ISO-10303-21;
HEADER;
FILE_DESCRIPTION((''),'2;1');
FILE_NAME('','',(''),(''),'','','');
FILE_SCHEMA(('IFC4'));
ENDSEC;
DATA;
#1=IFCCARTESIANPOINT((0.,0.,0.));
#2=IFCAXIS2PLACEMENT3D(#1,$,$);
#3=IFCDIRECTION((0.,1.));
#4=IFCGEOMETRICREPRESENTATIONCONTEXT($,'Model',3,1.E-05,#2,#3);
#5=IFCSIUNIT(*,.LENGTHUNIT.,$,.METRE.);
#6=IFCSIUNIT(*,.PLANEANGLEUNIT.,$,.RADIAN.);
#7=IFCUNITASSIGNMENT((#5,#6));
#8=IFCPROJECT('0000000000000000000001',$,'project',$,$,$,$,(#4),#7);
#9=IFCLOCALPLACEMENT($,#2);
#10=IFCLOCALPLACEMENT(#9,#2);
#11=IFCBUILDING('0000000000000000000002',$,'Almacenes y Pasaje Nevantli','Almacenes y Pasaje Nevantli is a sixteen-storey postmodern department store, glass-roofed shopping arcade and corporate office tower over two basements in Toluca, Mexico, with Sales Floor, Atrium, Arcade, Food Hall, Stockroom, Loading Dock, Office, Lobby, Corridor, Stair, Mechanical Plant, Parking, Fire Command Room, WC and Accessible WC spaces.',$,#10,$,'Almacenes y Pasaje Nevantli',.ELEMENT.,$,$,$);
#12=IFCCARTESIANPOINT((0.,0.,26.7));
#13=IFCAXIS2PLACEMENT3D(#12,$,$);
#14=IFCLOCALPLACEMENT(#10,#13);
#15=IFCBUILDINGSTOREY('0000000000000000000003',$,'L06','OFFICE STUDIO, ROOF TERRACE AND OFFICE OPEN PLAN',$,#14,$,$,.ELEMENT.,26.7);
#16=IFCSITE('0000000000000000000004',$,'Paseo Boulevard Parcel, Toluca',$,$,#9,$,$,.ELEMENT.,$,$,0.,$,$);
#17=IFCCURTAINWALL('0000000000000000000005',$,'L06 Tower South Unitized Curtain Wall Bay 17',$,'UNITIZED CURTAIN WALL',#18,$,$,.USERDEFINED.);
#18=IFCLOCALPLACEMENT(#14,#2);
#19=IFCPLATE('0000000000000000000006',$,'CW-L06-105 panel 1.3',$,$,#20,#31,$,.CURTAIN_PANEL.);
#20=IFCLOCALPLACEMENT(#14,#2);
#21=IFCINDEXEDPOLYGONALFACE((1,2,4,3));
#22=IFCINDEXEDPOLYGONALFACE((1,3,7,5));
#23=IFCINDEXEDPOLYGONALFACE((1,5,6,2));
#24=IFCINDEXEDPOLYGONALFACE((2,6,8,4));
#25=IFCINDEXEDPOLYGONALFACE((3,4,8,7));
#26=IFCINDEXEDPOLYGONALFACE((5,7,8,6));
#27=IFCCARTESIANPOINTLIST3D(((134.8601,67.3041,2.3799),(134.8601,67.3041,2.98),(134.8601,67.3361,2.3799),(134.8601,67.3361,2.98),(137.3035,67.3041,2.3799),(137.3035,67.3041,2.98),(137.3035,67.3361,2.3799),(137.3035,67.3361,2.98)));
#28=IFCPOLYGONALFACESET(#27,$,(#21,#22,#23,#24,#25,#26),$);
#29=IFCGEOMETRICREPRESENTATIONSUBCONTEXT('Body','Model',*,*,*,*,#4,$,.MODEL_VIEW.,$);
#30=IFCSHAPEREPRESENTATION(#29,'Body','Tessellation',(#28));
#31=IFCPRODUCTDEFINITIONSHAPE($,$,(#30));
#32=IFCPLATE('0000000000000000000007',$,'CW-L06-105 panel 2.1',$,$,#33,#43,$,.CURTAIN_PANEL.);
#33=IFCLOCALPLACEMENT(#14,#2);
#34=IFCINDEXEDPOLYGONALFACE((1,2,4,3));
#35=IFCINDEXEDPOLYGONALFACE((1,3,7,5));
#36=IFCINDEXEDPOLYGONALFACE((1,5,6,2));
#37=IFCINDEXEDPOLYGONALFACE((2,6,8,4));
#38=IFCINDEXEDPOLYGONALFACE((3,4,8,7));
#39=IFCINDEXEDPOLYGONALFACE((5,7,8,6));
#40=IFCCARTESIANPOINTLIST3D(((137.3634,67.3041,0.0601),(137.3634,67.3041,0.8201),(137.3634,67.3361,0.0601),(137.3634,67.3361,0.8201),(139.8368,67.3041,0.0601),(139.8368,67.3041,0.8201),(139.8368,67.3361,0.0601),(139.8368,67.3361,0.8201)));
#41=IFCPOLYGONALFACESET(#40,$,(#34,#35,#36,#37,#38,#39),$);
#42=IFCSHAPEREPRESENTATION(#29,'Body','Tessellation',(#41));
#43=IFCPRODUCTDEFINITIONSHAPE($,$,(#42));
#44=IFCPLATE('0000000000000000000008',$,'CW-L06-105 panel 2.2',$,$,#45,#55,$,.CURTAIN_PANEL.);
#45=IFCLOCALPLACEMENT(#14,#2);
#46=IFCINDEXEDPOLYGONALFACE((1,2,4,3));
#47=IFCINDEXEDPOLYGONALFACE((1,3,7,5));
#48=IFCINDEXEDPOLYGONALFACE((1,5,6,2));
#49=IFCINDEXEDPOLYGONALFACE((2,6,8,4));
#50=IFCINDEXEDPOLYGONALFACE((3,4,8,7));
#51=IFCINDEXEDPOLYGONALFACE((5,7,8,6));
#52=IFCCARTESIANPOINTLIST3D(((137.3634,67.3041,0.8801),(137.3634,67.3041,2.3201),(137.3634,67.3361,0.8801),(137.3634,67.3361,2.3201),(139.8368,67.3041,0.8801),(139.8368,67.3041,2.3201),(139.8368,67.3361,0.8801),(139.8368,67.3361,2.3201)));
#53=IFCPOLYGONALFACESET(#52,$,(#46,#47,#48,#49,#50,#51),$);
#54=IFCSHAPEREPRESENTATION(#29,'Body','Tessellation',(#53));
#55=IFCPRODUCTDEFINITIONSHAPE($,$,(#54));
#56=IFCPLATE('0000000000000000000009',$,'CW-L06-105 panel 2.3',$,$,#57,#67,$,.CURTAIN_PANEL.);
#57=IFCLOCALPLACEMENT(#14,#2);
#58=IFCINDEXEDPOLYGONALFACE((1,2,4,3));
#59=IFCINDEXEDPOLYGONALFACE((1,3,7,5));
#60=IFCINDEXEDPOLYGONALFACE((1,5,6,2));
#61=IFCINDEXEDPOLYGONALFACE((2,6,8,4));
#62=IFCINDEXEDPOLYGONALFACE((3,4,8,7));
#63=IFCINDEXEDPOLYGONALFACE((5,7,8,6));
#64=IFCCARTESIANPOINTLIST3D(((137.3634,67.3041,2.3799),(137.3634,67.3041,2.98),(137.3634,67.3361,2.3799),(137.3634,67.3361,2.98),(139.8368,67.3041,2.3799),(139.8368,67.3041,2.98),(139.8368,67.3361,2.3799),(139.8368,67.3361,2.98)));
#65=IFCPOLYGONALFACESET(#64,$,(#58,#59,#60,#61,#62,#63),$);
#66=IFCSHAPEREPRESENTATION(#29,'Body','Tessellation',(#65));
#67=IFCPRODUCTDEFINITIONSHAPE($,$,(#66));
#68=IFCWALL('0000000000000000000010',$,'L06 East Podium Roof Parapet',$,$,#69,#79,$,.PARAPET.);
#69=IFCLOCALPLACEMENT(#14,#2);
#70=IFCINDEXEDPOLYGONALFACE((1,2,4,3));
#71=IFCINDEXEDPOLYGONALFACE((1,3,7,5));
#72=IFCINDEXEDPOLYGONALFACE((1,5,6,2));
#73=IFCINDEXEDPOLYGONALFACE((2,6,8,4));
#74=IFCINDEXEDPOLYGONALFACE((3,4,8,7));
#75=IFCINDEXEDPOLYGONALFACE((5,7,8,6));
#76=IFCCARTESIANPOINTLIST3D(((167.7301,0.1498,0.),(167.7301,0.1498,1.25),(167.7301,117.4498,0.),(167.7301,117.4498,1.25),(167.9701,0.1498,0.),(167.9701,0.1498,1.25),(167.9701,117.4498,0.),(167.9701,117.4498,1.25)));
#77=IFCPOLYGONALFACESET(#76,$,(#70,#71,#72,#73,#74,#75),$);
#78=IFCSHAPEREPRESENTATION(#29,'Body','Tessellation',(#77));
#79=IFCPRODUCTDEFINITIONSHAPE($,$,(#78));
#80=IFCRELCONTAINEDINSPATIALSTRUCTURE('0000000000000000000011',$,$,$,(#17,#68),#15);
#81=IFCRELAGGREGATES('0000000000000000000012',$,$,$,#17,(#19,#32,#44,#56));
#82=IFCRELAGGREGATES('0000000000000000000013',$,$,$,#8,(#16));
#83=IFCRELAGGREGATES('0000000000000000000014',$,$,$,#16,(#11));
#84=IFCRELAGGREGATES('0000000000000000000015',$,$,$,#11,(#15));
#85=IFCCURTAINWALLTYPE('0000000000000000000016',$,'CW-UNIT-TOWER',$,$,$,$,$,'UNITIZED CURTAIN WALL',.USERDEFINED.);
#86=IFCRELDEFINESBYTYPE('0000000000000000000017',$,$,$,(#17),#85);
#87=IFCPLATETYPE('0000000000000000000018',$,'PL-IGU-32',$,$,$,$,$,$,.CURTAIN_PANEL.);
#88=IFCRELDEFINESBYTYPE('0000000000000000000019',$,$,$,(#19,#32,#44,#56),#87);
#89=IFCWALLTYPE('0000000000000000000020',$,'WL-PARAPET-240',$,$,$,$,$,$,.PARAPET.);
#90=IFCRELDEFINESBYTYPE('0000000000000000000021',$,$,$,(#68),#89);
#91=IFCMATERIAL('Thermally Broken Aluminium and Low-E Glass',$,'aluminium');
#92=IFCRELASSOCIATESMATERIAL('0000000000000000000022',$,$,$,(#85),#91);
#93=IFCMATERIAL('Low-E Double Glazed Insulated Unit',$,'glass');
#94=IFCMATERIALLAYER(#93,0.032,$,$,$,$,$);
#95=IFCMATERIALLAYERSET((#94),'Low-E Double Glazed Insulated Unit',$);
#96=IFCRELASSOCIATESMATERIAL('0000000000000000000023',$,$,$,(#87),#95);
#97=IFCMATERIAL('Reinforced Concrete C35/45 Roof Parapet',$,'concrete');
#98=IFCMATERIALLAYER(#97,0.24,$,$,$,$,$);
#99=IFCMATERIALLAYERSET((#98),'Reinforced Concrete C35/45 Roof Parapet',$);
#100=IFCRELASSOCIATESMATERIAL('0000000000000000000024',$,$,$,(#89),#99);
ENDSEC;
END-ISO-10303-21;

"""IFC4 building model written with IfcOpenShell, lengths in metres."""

from ifc_helpers import new_model, si_unit, direction, frame, frame_2d, origin, origin_2d, place, context, subcontext, project, spatial, rectangle, extrude, material, layer, layer_set, type_object, element, aggregate, save


model = new_model("IFC4")

# Units and contexts
model_context = context("Model", 3, precision=1e-05, world=origin(), true_north=direction((0.0, 1.0)))
body_context = subcontext(model_context, "Body", "Model", "MODEL_VIEW")
ifc_project = project(units=[si_unit("LENGTHUNIT", "METRE"), si_unit("PLANEANGLEUNIT", "RADIAN")], contexts=[model_context])

# Site, building, storey
site_placement = place(None, origin())
site = spatial("IfcSite", under=ifc_project, at=site_placement, Name="Paseo Boulevard Parcel, Toluca", CompositionType="ELEMENT", RefElevation=0.0)
building_placement = place(site_placement, origin())
building = spatial("IfcBuilding", under=site, at=building_placement, Name="Almacenes y Pasaje Nevantli", Description="Almacenes y Pasaje Nevantli is a sixteen-storey postmodern department store, glass-roofed shopping arcade and corporate office tower over two basements in Toluca, Mexico, with Sales Floor, Atrium, Arcade, Food Hall, Stockroom, Loading Dock, Office, Lobby, Corridor, Stair, Mechanical Plant, Parking, Fire Command Room, WC and Accessible WC spaces.", LongName="Almacenes y Pasaje Nevantli", CompositionType="ELEMENT")
storey_placement = place(building_placement, frame((0.0, 0.0, 26.7)))
storey = spatial("IfcBuildingStorey", under=building, at=storey_placement, Name="L06", Description="OFFICE STUDIO, ROOF TERRACE AND OFFICE OPEN PLAN", CompositionType="ELEMENT", Elevation=26.7)

# Curtain wall, plates
ifc_material_1 = material(Name="Thermally Broken Aluminium and Low-E Glass", Category="aluminium")
curtain_wall_type = type_object("IfcCurtainWallType", Name="CW-UNIT-TOWER", ElementType="UNITIZED CURTAIN WALL", PredefinedType="USERDEFINED", material=ifc_material_1)
curtain_wall_placement = place(storey_placement, origin())
curtain_wall = element("IfcCurtainWall", 1, at=curtain_wall_placement, inside=storey, type_object=curtain_wall_type, Name="L06 Tower South Unitized Curtain Wall Bay 17", ObjectType="UNITIZED CURTAIN WALL", PredefinedType="USERDEFINED")
ifc_material_2 = material(Name="Low-E Double Glazed Insulated Unit", Category="glass")
ifc_layer_1 = layer(ifc_material_2, 0.032)
ifc_layer_set_1 = layer_set([ifc_layer_1], Name="Low-E Double Glazed Insulated Unit")
plate_type = type_object("IfcPlateType", Name="PL-IGU-32", PredefinedType="CURTAIN_PANEL", material=ifc_layer_set_1)
plate_1_placement = place(storey_placement, frame((136.0818, 67.3201, 2.3799), z_axis=(0.0, 0.0, 1.0), x_axis=(1.0, 0.0, 0.0)))
plate_1 = element("IfcPlate", 2, at=plate_1_placement, type_object=plate_type, Name="CW-L06-105 panel 1.3", PredefinedType="CURTAIN_PANEL", context=body_context, shape_type="SweptSolid", body=[
    extrude(rectangle(XDim=2.4434, YDim=0.032, at=origin_2d()), origin(), (0.0, 0.0, 1.0), 0.6001),
])
plate_2_placement = place(storey_placement, frame((138.6001, 67.3201, 0.0601), z_axis=(0.0, 0.0, 1.0), x_axis=(1.0, 0.0, 0.0)))
plate_2 = element("IfcPlate", 3, at=plate_2_placement, type_object=plate_type, Name="CW-L06-105 panel 2.1", PredefinedType="CURTAIN_PANEL", context=body_context, shape_type="SweptSolid", body=[
    extrude(rectangle(XDim=2.4734, YDim=0.032, at=origin_2d()), origin(), (0.0, 0.0, 1.0), 0.76),
])
plate_3_placement = place(storey_placement, frame((138.6001, 67.3201, 0.8801), z_axis=(0.0, 0.0, 1.0), x_axis=(1.0, 0.0, 0.0)))
plate_3 = element("IfcPlate", 4, at=plate_3_placement, type_object=plate_type, Name="CW-L06-105 panel 2.2", PredefinedType="CURTAIN_PANEL", context=body_context, shape_type="SweptSolid", body=[
    extrude(rectangle(XDim=2.4734, YDim=0.032, at=origin_2d()), origin(), (0.0, 0.0, 1.0), 1.4399),
])
plate_4_placement = place(storey_placement, frame((138.6001, 67.3201, 2.3799), z_axis=(0.0, 0.0, 1.0), x_axis=(1.0, 0.0, 0.0)))
plate_4 = element("IfcPlate", 5, at=plate_4_placement, type_object=plate_type, Name="CW-L06-105 panel 2.3", PredefinedType="CURTAIN_PANEL", context=body_context, shape_type="SweptSolid", body=[
    extrude(rectangle(XDim=2.4734, YDim=0.032, at=origin_2d()), origin(), (0.0, 0.0, 1.0), 0.6001),
])
aggregate(curtain_wall, [plate_1, plate_2, plate_3, plate_4])

# Wall
ifc_material_3 = material(Name="Reinforced Concrete C35/45 Roof Parapet", Category="concrete")
ifc_layer_2 = layer(ifc_material_3, 0.24)
ifc_layer_set_2 = layer_set([ifc_layer_2], Name="Reinforced Concrete C35/45 Roof Parapet")
wall_type = type_object("IfcWallType", Name="WL-PARAPET-240", PredefinedType="PARAPET", material=ifc_layer_set_2)
wall_placement = place(storey_placement, frame((167.8501, 0.1499, 0.0), z_axis=(0.0, 0.0, 1.0), x_axis=(0.0, 1.0, 0.0)))
element("IfcWall", 6, at=wall_placement, inside=storey, type_object=wall_type, Name="L06 East Podium Roof Parapet", PredefinedType="PARAPET", context=body_context, shape_type="SweptSolid", body=[
    extrude(rectangle(XDim=117.3, YDim=0.24, at=frame_2d((58.6499, 0.0))), origin(), (0.0, 0.0, 1.0), 1.25),
])

save(model, "model.ifc")
